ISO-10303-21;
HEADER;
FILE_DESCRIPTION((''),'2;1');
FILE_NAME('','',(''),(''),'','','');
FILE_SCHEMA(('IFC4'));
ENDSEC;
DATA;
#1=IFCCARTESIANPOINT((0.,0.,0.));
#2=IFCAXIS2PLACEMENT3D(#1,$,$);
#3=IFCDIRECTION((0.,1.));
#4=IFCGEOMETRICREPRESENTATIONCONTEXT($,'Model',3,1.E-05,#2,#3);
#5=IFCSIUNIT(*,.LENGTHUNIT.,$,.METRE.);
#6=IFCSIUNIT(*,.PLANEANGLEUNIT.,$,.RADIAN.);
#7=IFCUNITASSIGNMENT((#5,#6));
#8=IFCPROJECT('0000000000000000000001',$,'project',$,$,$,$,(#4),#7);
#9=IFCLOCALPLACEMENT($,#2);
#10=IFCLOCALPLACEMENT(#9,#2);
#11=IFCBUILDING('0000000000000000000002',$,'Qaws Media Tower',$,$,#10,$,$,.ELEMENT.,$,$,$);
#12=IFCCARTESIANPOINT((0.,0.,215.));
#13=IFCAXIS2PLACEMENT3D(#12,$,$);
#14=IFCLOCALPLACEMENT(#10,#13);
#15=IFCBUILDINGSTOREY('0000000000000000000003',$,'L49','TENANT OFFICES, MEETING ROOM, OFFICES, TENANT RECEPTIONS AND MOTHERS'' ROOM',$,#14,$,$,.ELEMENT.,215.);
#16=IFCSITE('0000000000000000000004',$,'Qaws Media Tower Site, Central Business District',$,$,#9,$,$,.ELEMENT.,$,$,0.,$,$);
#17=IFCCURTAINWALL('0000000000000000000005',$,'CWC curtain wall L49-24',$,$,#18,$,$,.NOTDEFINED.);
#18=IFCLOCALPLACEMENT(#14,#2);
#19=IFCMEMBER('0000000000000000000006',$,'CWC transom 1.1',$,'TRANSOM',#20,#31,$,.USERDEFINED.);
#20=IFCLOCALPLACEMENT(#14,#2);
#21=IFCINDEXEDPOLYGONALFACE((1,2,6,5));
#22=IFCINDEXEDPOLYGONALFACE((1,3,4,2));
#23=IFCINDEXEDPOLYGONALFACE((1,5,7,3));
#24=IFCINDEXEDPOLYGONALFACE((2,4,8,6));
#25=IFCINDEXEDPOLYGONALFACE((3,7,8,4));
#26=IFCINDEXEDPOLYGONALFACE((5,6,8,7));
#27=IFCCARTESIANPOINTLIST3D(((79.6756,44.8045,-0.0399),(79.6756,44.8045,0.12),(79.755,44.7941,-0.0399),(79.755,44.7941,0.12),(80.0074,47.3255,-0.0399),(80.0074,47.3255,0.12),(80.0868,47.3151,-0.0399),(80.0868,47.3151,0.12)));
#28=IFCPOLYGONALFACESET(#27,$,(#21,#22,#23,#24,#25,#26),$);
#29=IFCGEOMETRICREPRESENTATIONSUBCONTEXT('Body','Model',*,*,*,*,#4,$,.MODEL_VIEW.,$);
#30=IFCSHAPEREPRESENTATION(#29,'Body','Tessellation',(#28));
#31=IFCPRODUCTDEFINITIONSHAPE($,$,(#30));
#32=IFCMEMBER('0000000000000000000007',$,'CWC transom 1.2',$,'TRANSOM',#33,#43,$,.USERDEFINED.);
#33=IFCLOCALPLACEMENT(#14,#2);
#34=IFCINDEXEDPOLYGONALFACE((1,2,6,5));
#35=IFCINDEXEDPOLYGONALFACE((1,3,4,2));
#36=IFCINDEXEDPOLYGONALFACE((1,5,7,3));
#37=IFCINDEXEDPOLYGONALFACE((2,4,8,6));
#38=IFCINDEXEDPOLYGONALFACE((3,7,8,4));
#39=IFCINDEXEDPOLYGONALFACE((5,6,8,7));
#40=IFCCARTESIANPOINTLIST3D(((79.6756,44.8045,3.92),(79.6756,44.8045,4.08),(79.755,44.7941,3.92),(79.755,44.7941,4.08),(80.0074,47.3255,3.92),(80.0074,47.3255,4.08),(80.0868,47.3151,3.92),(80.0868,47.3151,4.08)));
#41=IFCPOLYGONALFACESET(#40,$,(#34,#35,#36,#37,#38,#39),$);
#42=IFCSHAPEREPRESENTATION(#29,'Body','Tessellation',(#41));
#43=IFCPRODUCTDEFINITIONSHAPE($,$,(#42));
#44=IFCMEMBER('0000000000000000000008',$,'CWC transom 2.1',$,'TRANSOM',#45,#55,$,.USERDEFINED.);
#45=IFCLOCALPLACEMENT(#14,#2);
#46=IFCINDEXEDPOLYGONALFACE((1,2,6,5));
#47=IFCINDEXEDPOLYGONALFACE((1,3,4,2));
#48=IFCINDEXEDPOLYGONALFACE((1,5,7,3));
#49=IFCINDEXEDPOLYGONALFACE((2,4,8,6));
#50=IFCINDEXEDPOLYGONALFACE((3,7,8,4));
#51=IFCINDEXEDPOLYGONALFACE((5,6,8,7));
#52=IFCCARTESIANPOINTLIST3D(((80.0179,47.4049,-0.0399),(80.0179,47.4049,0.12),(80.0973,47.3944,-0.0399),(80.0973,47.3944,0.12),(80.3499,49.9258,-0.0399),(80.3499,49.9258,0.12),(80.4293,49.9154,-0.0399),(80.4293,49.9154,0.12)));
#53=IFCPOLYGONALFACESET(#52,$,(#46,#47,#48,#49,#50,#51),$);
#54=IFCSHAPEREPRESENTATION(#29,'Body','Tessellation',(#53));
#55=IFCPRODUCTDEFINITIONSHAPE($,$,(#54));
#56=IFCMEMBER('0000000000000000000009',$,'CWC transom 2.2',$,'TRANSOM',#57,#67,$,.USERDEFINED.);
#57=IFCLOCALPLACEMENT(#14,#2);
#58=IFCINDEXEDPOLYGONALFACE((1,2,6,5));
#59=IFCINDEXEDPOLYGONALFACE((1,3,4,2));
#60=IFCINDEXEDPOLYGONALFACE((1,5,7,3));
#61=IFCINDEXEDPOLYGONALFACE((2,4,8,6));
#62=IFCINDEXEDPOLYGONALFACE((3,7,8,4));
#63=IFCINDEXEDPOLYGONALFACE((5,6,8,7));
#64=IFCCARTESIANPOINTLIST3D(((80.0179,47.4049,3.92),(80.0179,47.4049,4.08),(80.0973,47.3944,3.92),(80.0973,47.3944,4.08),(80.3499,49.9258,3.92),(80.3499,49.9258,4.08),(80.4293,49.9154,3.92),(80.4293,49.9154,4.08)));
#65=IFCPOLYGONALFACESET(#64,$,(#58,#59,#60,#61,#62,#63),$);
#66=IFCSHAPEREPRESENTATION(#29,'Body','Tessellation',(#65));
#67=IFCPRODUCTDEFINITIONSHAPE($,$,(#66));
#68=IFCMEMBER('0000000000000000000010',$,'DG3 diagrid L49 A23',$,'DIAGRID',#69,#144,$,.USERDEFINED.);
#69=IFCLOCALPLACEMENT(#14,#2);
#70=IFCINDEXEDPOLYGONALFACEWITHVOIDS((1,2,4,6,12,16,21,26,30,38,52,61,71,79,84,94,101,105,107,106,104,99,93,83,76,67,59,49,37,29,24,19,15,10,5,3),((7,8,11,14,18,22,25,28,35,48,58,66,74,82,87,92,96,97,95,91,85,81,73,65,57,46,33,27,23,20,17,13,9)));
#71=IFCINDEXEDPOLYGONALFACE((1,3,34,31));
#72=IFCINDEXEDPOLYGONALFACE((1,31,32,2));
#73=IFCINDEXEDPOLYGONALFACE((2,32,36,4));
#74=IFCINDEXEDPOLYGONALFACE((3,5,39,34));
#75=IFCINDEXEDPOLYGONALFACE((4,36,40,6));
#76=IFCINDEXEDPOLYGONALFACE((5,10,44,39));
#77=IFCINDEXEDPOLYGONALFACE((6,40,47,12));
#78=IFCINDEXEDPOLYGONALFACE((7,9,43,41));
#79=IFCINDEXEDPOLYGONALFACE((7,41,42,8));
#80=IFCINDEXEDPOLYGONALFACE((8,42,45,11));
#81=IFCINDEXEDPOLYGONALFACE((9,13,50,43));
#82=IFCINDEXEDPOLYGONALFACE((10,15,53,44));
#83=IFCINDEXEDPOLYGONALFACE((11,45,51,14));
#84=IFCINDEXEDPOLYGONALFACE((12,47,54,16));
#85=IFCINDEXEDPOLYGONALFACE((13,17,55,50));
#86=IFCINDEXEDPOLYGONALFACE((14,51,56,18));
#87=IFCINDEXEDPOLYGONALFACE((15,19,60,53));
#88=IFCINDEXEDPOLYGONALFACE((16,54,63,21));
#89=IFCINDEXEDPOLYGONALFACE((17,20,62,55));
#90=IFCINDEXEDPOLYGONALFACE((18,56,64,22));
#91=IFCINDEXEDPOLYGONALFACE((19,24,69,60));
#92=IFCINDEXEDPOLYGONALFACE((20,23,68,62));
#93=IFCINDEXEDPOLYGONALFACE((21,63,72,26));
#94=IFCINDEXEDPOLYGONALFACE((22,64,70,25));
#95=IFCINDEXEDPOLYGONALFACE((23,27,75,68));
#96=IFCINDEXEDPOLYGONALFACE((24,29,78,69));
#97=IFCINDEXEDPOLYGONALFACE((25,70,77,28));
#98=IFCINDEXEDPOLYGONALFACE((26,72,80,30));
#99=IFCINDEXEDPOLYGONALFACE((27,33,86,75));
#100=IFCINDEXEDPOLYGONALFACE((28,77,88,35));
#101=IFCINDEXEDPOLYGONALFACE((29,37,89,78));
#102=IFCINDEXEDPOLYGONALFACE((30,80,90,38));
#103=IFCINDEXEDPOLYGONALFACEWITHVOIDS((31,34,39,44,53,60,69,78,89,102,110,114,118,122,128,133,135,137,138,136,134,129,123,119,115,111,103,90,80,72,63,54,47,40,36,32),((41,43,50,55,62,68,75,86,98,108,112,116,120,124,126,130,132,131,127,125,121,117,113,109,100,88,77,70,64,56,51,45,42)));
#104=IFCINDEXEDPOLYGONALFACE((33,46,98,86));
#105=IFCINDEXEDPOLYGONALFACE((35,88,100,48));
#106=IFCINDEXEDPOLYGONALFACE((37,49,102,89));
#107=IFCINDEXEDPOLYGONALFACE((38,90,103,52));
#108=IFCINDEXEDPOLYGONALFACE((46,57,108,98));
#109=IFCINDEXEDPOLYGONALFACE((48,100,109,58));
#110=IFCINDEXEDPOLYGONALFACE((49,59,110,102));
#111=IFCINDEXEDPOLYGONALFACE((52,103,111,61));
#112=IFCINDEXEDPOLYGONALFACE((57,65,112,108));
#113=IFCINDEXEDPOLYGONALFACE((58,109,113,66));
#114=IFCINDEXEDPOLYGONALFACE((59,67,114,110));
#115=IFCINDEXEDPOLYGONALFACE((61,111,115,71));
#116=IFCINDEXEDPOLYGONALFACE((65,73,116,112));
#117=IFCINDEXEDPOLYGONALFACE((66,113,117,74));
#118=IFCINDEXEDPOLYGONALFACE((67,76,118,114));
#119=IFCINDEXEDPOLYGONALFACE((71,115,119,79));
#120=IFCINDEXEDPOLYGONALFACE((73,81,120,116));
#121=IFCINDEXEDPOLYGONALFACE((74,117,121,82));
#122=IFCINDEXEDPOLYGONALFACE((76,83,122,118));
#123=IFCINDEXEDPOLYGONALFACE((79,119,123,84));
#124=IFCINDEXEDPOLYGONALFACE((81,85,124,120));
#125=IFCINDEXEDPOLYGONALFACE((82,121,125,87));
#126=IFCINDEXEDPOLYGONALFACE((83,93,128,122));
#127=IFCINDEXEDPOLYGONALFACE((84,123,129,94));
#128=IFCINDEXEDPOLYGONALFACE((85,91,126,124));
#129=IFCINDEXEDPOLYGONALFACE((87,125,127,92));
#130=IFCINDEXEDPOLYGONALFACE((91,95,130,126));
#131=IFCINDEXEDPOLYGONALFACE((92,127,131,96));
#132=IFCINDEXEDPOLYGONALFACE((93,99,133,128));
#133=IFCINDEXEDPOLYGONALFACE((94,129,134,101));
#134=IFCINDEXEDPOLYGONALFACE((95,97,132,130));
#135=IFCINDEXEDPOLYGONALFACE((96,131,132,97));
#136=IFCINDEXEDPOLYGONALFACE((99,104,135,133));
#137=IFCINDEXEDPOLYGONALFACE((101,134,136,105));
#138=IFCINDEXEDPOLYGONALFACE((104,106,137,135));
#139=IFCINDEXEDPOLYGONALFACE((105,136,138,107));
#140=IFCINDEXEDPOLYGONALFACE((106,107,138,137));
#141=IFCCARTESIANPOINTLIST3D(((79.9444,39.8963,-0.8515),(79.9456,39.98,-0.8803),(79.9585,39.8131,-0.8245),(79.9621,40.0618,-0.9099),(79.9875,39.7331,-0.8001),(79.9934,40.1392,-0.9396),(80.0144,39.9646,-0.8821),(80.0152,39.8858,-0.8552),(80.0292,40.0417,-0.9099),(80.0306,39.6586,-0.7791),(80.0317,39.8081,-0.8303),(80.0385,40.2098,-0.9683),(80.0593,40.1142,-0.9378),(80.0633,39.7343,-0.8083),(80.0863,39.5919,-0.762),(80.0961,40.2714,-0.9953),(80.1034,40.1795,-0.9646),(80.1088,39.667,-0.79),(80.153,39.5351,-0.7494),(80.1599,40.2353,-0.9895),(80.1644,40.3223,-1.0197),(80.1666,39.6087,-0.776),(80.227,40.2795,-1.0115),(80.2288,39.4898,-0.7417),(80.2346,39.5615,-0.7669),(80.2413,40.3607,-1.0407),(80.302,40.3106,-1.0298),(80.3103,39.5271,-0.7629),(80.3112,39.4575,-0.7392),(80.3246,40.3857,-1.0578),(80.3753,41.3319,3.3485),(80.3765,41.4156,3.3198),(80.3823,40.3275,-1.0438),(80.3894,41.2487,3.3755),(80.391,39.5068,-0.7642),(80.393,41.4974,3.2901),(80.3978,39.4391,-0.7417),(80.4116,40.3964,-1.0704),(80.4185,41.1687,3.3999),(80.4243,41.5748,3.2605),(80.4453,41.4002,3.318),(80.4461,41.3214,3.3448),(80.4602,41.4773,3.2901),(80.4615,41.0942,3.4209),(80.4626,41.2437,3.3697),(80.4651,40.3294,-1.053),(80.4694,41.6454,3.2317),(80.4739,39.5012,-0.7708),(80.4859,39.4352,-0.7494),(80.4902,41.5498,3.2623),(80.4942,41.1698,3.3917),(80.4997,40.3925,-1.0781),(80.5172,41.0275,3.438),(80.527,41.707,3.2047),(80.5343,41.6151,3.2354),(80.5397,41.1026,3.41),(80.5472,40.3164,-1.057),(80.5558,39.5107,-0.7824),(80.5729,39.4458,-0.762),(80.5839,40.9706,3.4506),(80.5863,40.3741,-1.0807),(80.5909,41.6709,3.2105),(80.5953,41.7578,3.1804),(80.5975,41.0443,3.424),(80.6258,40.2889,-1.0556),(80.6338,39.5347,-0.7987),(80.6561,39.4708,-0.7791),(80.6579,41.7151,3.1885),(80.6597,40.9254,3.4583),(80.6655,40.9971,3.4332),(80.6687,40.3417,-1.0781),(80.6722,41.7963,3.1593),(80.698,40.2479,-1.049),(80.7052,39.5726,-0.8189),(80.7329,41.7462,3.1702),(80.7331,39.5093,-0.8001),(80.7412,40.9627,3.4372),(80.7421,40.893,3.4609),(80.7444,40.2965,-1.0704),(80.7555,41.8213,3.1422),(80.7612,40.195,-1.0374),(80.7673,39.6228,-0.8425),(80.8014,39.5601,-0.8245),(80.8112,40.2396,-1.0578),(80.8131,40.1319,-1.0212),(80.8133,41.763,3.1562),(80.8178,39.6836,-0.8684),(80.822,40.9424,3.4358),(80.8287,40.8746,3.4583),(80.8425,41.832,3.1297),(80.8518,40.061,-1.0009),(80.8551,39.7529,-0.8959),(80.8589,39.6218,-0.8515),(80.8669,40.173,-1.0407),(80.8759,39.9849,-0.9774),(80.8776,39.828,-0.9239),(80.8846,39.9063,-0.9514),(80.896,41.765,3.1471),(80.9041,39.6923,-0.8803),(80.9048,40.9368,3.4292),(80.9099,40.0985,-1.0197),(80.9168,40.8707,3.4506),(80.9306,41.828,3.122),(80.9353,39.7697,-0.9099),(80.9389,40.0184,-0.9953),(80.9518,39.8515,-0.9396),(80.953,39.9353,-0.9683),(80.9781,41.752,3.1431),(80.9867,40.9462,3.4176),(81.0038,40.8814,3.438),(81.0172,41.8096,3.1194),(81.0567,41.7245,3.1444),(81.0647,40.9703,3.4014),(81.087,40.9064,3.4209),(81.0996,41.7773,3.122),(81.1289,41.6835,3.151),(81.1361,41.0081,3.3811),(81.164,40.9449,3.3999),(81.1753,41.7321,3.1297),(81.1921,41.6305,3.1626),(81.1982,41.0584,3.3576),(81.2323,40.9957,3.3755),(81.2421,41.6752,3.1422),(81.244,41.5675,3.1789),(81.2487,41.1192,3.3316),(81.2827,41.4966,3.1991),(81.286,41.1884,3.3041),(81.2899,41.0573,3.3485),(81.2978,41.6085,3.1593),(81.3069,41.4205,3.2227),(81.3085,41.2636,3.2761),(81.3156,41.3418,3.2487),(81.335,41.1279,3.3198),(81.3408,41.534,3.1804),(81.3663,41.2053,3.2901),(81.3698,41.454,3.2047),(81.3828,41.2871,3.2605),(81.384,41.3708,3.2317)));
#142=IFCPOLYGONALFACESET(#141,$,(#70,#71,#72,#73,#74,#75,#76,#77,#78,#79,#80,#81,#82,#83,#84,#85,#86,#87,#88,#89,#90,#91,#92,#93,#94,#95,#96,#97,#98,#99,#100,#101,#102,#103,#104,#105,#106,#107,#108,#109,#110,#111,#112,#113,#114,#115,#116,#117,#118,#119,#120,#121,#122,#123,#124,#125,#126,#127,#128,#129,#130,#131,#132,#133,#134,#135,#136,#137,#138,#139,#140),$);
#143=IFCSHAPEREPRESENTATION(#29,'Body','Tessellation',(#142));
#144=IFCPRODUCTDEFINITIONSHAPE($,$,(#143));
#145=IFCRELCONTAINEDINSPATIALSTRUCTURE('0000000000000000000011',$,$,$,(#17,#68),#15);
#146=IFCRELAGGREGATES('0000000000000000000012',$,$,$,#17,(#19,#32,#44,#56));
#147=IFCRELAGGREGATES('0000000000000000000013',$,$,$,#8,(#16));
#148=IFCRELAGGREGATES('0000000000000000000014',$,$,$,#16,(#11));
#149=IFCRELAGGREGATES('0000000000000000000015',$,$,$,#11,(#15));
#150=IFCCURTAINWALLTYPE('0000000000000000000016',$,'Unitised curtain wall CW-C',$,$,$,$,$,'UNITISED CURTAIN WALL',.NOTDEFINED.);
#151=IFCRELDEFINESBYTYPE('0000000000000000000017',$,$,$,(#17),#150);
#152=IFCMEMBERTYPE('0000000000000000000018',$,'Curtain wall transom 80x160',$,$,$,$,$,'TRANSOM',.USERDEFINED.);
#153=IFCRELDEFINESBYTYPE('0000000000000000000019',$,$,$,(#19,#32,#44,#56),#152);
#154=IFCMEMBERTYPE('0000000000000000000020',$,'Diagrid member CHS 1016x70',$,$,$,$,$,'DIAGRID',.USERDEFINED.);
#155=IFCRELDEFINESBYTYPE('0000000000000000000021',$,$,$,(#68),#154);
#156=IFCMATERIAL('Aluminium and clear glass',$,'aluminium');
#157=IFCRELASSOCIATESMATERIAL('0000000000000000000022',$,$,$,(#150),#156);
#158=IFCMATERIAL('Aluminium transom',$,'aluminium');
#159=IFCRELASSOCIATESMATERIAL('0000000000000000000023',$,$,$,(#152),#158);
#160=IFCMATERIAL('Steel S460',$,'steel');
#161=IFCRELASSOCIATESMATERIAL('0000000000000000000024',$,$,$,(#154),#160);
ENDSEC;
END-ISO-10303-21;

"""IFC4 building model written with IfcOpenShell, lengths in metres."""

from ifc_helpers import new_model, si_unit, direction, frame, origin, origin_2d, place, context, subcontext, project, spatial, rectangle, hollow_circle, extrude, material, material_profile, profile_set, type_object, element, aggregate, save


model = new_model("IFC4")

# Units and contexts
model_context = context("Model", 3, precision=1e-05, world=origin(), true_north=direction((0.0, 1.0)))
body_context = subcontext(model_context, "Body", "Model", "MODEL_VIEW")
ifc_project = project(units=[si_unit("LENGTHUNIT", "METRE"), si_unit("PLANEANGLEUNIT", "RADIAN")], contexts=[model_context])

# Site, building, storey
site_placement = place(None, origin())
site = spatial("IfcSite", under=ifc_project, at=site_placement, Name="Qaws Media Tower Site, Central Business District", CompositionType="ELEMENT", RefElevation=0.0)
building_placement = place(site_placement, origin())
building = spatial("IfcBuilding", under=site, at=building_placement, Name="Qaws Media Tower", CompositionType="ELEMENT")
storey_placement = place(building_placement, frame((0.0, 0.0, 215.0)))
storey = spatial("IfcBuildingStorey", under=building, at=storey_placement, Name="L49", Description="TENANT OFFICES, MEETING ROOM, OFFICES, TENANT RECEPTIONS AND MOTHERS' ROOM", CompositionType="ELEMENT", Elevation=215.0)

# Curtain wall
ifc_material_1 = material(Name="Aluminium and clear glass", Category="aluminium")
curtain_wall_type = type_object("IfcCurtainWallType", Name="Unitised curtain wall CW-C", ElementType="UNITISED CURTAIN WALL", PredefinedType="NOTDEFINED", material=ifc_material_1)
curtain_wall_1_placement = place(storey_placement, origin())
curtain_wall_1 = element("IfcCurtainWall", 1, at=curtain_wall_1_placement, inside=storey, type_object=curtain_wall_type, Name="CWC curtain wall L49-24", PredefinedType="NOTDEFINED")

# Members
ifc_material_2 = material(Name="Aluminium transom", Category="aluminium")
ifc_material_profile_1 = material_profile(ifc_material_2, rectangle(XDim=0.0801, YDim=0.1599, at=origin_2d()), Name="80x160")
ifc_profile_set_1 = profile_set([ifc_material_profile_1], Name="Aluminium transom")
member_type_1 = type_object("IfcMemberType", Name="Curtain wall transom 80x160", ElementType="TRANSOM", PredefinedType="USERDEFINED", material=ifc_profile_set_1)
member_1_placement = place(storey_placement, frame((79.7153, 44.7993, 0.04), z_axis=(0.130484, 0.99145, 0.0), x_axis=(-0.99145, 0.130484, 0.0)))
member_1 = element("IfcMember", 2, at=member_1_placement, type_object=member_type_1, Name="CWC transom 1.1", ObjectType="TRANSOM", PredefinedType="USERDEFINED", context=body_context, shape_type="SweptSolid", body=[
    extrude(rectangle(XDim=0.0801, YDim=0.1599, at=origin_2d()), origin(), (0.0, 0.0, 1.0), 2.5427),
])
member_2_placement = place(storey_placement, frame((79.7153, 44.7993, 4.0), z_axis=(0.130484, 0.99145, 0.0), x_axis=(-0.99145, 0.130484, 0.0)))
member_2 = element("IfcMember", 3, at=member_2_placement, type_object=member_type_1, Name="CWC transom 1.2", ObjectType="TRANSOM", PredefinedType="USERDEFINED", context=body_context, shape_type="SweptSolid", body=[
    extrude(rectangle(XDim=0.0801, YDim=0.1599, at=origin_2d()), origin(), (0.0, 0.0, 1.0), 2.5427),
])
member_3_placement = place(storey_placement, frame((80.0576, 47.3997, 0.04), z_axis=(0.130579, 0.991438, 0.0), x_axis=(-0.991438, 0.130579, 0.0)))
member_3 = element("IfcMember", 4, at=member_3_placement, type_object=member_type_1, Name="CWC transom 2.1", ObjectType="TRANSOM", PredefinedType="USERDEFINED", context=body_context, shape_type="SweptSolid", body=[
    extrude(rectangle(XDim=0.0801, YDim=0.1599, at=origin_2d()), origin(), (0.0, 0.0, 1.0), 2.5427),
])
member_4_placement = place(storey_placement, frame((80.0576, 47.3997, 4.0), z_axis=(0.130579, 0.991438, 0.0), x_axis=(-0.991438, 0.130579, 0.0)))
member_4 = element("IfcMember", 5, at=member_4_placement, type_object=member_type_1, Name="CWC transom 2.2", ObjectType="TRANSOM", PredefinedType="USERDEFINED", context=body_context, shape_type="SweptSolid", body=[
    extrude(rectangle(XDim=0.0801, YDim=0.1599, at=origin_2d()), origin(), (0.0, 0.0, 1.0), 2.5427),
])

# Member
ifc_material_3 = material(Name="Steel S460", Category="steel")
ifc_material_profile_2 = material_profile(ifc_material_3, hollow_circle(Radius=0.5081, WallThickness=0.0701, at=origin_2d()), Name="CHS 1016x70")
ifc_profile_set_2 = profile_set([ifc_material_profile_2], Name="Steel S460")
member_type_2 = type_object("IfcMemberType", Name="Diagrid member CHS 1016x70", ElementType="DIAGRID", PredefinedType="USERDEFINED", material=ifc_profile_set_2)
member_5_placement = place(storey_placement, frame((80.4487, 39.9158, -0.9099), z_axis=(0.09663, 0.321916, 0.941824), x_axis=(-0.957781, 0.287497, 0.0)))
element("IfcMember", 6, at=member_5_placement, inside=storey, type_object=member_type_2, Name="DG3 diagrid L49 A23", ObjectType="DIAGRID", PredefinedType="USERDEFINED", context=body_context, shape_type="SweptSolid", body=[
    extrude(hollow_circle(Radius=0.5081, WallThickness=0.0701, at=origin_2d()), origin(), (0.0, 0.0, 1.0), 4.4595),
])

aggregate(curtain_wall_1, [member_1, member_2, member_3, member_4])

save(model, "model.ifc")
